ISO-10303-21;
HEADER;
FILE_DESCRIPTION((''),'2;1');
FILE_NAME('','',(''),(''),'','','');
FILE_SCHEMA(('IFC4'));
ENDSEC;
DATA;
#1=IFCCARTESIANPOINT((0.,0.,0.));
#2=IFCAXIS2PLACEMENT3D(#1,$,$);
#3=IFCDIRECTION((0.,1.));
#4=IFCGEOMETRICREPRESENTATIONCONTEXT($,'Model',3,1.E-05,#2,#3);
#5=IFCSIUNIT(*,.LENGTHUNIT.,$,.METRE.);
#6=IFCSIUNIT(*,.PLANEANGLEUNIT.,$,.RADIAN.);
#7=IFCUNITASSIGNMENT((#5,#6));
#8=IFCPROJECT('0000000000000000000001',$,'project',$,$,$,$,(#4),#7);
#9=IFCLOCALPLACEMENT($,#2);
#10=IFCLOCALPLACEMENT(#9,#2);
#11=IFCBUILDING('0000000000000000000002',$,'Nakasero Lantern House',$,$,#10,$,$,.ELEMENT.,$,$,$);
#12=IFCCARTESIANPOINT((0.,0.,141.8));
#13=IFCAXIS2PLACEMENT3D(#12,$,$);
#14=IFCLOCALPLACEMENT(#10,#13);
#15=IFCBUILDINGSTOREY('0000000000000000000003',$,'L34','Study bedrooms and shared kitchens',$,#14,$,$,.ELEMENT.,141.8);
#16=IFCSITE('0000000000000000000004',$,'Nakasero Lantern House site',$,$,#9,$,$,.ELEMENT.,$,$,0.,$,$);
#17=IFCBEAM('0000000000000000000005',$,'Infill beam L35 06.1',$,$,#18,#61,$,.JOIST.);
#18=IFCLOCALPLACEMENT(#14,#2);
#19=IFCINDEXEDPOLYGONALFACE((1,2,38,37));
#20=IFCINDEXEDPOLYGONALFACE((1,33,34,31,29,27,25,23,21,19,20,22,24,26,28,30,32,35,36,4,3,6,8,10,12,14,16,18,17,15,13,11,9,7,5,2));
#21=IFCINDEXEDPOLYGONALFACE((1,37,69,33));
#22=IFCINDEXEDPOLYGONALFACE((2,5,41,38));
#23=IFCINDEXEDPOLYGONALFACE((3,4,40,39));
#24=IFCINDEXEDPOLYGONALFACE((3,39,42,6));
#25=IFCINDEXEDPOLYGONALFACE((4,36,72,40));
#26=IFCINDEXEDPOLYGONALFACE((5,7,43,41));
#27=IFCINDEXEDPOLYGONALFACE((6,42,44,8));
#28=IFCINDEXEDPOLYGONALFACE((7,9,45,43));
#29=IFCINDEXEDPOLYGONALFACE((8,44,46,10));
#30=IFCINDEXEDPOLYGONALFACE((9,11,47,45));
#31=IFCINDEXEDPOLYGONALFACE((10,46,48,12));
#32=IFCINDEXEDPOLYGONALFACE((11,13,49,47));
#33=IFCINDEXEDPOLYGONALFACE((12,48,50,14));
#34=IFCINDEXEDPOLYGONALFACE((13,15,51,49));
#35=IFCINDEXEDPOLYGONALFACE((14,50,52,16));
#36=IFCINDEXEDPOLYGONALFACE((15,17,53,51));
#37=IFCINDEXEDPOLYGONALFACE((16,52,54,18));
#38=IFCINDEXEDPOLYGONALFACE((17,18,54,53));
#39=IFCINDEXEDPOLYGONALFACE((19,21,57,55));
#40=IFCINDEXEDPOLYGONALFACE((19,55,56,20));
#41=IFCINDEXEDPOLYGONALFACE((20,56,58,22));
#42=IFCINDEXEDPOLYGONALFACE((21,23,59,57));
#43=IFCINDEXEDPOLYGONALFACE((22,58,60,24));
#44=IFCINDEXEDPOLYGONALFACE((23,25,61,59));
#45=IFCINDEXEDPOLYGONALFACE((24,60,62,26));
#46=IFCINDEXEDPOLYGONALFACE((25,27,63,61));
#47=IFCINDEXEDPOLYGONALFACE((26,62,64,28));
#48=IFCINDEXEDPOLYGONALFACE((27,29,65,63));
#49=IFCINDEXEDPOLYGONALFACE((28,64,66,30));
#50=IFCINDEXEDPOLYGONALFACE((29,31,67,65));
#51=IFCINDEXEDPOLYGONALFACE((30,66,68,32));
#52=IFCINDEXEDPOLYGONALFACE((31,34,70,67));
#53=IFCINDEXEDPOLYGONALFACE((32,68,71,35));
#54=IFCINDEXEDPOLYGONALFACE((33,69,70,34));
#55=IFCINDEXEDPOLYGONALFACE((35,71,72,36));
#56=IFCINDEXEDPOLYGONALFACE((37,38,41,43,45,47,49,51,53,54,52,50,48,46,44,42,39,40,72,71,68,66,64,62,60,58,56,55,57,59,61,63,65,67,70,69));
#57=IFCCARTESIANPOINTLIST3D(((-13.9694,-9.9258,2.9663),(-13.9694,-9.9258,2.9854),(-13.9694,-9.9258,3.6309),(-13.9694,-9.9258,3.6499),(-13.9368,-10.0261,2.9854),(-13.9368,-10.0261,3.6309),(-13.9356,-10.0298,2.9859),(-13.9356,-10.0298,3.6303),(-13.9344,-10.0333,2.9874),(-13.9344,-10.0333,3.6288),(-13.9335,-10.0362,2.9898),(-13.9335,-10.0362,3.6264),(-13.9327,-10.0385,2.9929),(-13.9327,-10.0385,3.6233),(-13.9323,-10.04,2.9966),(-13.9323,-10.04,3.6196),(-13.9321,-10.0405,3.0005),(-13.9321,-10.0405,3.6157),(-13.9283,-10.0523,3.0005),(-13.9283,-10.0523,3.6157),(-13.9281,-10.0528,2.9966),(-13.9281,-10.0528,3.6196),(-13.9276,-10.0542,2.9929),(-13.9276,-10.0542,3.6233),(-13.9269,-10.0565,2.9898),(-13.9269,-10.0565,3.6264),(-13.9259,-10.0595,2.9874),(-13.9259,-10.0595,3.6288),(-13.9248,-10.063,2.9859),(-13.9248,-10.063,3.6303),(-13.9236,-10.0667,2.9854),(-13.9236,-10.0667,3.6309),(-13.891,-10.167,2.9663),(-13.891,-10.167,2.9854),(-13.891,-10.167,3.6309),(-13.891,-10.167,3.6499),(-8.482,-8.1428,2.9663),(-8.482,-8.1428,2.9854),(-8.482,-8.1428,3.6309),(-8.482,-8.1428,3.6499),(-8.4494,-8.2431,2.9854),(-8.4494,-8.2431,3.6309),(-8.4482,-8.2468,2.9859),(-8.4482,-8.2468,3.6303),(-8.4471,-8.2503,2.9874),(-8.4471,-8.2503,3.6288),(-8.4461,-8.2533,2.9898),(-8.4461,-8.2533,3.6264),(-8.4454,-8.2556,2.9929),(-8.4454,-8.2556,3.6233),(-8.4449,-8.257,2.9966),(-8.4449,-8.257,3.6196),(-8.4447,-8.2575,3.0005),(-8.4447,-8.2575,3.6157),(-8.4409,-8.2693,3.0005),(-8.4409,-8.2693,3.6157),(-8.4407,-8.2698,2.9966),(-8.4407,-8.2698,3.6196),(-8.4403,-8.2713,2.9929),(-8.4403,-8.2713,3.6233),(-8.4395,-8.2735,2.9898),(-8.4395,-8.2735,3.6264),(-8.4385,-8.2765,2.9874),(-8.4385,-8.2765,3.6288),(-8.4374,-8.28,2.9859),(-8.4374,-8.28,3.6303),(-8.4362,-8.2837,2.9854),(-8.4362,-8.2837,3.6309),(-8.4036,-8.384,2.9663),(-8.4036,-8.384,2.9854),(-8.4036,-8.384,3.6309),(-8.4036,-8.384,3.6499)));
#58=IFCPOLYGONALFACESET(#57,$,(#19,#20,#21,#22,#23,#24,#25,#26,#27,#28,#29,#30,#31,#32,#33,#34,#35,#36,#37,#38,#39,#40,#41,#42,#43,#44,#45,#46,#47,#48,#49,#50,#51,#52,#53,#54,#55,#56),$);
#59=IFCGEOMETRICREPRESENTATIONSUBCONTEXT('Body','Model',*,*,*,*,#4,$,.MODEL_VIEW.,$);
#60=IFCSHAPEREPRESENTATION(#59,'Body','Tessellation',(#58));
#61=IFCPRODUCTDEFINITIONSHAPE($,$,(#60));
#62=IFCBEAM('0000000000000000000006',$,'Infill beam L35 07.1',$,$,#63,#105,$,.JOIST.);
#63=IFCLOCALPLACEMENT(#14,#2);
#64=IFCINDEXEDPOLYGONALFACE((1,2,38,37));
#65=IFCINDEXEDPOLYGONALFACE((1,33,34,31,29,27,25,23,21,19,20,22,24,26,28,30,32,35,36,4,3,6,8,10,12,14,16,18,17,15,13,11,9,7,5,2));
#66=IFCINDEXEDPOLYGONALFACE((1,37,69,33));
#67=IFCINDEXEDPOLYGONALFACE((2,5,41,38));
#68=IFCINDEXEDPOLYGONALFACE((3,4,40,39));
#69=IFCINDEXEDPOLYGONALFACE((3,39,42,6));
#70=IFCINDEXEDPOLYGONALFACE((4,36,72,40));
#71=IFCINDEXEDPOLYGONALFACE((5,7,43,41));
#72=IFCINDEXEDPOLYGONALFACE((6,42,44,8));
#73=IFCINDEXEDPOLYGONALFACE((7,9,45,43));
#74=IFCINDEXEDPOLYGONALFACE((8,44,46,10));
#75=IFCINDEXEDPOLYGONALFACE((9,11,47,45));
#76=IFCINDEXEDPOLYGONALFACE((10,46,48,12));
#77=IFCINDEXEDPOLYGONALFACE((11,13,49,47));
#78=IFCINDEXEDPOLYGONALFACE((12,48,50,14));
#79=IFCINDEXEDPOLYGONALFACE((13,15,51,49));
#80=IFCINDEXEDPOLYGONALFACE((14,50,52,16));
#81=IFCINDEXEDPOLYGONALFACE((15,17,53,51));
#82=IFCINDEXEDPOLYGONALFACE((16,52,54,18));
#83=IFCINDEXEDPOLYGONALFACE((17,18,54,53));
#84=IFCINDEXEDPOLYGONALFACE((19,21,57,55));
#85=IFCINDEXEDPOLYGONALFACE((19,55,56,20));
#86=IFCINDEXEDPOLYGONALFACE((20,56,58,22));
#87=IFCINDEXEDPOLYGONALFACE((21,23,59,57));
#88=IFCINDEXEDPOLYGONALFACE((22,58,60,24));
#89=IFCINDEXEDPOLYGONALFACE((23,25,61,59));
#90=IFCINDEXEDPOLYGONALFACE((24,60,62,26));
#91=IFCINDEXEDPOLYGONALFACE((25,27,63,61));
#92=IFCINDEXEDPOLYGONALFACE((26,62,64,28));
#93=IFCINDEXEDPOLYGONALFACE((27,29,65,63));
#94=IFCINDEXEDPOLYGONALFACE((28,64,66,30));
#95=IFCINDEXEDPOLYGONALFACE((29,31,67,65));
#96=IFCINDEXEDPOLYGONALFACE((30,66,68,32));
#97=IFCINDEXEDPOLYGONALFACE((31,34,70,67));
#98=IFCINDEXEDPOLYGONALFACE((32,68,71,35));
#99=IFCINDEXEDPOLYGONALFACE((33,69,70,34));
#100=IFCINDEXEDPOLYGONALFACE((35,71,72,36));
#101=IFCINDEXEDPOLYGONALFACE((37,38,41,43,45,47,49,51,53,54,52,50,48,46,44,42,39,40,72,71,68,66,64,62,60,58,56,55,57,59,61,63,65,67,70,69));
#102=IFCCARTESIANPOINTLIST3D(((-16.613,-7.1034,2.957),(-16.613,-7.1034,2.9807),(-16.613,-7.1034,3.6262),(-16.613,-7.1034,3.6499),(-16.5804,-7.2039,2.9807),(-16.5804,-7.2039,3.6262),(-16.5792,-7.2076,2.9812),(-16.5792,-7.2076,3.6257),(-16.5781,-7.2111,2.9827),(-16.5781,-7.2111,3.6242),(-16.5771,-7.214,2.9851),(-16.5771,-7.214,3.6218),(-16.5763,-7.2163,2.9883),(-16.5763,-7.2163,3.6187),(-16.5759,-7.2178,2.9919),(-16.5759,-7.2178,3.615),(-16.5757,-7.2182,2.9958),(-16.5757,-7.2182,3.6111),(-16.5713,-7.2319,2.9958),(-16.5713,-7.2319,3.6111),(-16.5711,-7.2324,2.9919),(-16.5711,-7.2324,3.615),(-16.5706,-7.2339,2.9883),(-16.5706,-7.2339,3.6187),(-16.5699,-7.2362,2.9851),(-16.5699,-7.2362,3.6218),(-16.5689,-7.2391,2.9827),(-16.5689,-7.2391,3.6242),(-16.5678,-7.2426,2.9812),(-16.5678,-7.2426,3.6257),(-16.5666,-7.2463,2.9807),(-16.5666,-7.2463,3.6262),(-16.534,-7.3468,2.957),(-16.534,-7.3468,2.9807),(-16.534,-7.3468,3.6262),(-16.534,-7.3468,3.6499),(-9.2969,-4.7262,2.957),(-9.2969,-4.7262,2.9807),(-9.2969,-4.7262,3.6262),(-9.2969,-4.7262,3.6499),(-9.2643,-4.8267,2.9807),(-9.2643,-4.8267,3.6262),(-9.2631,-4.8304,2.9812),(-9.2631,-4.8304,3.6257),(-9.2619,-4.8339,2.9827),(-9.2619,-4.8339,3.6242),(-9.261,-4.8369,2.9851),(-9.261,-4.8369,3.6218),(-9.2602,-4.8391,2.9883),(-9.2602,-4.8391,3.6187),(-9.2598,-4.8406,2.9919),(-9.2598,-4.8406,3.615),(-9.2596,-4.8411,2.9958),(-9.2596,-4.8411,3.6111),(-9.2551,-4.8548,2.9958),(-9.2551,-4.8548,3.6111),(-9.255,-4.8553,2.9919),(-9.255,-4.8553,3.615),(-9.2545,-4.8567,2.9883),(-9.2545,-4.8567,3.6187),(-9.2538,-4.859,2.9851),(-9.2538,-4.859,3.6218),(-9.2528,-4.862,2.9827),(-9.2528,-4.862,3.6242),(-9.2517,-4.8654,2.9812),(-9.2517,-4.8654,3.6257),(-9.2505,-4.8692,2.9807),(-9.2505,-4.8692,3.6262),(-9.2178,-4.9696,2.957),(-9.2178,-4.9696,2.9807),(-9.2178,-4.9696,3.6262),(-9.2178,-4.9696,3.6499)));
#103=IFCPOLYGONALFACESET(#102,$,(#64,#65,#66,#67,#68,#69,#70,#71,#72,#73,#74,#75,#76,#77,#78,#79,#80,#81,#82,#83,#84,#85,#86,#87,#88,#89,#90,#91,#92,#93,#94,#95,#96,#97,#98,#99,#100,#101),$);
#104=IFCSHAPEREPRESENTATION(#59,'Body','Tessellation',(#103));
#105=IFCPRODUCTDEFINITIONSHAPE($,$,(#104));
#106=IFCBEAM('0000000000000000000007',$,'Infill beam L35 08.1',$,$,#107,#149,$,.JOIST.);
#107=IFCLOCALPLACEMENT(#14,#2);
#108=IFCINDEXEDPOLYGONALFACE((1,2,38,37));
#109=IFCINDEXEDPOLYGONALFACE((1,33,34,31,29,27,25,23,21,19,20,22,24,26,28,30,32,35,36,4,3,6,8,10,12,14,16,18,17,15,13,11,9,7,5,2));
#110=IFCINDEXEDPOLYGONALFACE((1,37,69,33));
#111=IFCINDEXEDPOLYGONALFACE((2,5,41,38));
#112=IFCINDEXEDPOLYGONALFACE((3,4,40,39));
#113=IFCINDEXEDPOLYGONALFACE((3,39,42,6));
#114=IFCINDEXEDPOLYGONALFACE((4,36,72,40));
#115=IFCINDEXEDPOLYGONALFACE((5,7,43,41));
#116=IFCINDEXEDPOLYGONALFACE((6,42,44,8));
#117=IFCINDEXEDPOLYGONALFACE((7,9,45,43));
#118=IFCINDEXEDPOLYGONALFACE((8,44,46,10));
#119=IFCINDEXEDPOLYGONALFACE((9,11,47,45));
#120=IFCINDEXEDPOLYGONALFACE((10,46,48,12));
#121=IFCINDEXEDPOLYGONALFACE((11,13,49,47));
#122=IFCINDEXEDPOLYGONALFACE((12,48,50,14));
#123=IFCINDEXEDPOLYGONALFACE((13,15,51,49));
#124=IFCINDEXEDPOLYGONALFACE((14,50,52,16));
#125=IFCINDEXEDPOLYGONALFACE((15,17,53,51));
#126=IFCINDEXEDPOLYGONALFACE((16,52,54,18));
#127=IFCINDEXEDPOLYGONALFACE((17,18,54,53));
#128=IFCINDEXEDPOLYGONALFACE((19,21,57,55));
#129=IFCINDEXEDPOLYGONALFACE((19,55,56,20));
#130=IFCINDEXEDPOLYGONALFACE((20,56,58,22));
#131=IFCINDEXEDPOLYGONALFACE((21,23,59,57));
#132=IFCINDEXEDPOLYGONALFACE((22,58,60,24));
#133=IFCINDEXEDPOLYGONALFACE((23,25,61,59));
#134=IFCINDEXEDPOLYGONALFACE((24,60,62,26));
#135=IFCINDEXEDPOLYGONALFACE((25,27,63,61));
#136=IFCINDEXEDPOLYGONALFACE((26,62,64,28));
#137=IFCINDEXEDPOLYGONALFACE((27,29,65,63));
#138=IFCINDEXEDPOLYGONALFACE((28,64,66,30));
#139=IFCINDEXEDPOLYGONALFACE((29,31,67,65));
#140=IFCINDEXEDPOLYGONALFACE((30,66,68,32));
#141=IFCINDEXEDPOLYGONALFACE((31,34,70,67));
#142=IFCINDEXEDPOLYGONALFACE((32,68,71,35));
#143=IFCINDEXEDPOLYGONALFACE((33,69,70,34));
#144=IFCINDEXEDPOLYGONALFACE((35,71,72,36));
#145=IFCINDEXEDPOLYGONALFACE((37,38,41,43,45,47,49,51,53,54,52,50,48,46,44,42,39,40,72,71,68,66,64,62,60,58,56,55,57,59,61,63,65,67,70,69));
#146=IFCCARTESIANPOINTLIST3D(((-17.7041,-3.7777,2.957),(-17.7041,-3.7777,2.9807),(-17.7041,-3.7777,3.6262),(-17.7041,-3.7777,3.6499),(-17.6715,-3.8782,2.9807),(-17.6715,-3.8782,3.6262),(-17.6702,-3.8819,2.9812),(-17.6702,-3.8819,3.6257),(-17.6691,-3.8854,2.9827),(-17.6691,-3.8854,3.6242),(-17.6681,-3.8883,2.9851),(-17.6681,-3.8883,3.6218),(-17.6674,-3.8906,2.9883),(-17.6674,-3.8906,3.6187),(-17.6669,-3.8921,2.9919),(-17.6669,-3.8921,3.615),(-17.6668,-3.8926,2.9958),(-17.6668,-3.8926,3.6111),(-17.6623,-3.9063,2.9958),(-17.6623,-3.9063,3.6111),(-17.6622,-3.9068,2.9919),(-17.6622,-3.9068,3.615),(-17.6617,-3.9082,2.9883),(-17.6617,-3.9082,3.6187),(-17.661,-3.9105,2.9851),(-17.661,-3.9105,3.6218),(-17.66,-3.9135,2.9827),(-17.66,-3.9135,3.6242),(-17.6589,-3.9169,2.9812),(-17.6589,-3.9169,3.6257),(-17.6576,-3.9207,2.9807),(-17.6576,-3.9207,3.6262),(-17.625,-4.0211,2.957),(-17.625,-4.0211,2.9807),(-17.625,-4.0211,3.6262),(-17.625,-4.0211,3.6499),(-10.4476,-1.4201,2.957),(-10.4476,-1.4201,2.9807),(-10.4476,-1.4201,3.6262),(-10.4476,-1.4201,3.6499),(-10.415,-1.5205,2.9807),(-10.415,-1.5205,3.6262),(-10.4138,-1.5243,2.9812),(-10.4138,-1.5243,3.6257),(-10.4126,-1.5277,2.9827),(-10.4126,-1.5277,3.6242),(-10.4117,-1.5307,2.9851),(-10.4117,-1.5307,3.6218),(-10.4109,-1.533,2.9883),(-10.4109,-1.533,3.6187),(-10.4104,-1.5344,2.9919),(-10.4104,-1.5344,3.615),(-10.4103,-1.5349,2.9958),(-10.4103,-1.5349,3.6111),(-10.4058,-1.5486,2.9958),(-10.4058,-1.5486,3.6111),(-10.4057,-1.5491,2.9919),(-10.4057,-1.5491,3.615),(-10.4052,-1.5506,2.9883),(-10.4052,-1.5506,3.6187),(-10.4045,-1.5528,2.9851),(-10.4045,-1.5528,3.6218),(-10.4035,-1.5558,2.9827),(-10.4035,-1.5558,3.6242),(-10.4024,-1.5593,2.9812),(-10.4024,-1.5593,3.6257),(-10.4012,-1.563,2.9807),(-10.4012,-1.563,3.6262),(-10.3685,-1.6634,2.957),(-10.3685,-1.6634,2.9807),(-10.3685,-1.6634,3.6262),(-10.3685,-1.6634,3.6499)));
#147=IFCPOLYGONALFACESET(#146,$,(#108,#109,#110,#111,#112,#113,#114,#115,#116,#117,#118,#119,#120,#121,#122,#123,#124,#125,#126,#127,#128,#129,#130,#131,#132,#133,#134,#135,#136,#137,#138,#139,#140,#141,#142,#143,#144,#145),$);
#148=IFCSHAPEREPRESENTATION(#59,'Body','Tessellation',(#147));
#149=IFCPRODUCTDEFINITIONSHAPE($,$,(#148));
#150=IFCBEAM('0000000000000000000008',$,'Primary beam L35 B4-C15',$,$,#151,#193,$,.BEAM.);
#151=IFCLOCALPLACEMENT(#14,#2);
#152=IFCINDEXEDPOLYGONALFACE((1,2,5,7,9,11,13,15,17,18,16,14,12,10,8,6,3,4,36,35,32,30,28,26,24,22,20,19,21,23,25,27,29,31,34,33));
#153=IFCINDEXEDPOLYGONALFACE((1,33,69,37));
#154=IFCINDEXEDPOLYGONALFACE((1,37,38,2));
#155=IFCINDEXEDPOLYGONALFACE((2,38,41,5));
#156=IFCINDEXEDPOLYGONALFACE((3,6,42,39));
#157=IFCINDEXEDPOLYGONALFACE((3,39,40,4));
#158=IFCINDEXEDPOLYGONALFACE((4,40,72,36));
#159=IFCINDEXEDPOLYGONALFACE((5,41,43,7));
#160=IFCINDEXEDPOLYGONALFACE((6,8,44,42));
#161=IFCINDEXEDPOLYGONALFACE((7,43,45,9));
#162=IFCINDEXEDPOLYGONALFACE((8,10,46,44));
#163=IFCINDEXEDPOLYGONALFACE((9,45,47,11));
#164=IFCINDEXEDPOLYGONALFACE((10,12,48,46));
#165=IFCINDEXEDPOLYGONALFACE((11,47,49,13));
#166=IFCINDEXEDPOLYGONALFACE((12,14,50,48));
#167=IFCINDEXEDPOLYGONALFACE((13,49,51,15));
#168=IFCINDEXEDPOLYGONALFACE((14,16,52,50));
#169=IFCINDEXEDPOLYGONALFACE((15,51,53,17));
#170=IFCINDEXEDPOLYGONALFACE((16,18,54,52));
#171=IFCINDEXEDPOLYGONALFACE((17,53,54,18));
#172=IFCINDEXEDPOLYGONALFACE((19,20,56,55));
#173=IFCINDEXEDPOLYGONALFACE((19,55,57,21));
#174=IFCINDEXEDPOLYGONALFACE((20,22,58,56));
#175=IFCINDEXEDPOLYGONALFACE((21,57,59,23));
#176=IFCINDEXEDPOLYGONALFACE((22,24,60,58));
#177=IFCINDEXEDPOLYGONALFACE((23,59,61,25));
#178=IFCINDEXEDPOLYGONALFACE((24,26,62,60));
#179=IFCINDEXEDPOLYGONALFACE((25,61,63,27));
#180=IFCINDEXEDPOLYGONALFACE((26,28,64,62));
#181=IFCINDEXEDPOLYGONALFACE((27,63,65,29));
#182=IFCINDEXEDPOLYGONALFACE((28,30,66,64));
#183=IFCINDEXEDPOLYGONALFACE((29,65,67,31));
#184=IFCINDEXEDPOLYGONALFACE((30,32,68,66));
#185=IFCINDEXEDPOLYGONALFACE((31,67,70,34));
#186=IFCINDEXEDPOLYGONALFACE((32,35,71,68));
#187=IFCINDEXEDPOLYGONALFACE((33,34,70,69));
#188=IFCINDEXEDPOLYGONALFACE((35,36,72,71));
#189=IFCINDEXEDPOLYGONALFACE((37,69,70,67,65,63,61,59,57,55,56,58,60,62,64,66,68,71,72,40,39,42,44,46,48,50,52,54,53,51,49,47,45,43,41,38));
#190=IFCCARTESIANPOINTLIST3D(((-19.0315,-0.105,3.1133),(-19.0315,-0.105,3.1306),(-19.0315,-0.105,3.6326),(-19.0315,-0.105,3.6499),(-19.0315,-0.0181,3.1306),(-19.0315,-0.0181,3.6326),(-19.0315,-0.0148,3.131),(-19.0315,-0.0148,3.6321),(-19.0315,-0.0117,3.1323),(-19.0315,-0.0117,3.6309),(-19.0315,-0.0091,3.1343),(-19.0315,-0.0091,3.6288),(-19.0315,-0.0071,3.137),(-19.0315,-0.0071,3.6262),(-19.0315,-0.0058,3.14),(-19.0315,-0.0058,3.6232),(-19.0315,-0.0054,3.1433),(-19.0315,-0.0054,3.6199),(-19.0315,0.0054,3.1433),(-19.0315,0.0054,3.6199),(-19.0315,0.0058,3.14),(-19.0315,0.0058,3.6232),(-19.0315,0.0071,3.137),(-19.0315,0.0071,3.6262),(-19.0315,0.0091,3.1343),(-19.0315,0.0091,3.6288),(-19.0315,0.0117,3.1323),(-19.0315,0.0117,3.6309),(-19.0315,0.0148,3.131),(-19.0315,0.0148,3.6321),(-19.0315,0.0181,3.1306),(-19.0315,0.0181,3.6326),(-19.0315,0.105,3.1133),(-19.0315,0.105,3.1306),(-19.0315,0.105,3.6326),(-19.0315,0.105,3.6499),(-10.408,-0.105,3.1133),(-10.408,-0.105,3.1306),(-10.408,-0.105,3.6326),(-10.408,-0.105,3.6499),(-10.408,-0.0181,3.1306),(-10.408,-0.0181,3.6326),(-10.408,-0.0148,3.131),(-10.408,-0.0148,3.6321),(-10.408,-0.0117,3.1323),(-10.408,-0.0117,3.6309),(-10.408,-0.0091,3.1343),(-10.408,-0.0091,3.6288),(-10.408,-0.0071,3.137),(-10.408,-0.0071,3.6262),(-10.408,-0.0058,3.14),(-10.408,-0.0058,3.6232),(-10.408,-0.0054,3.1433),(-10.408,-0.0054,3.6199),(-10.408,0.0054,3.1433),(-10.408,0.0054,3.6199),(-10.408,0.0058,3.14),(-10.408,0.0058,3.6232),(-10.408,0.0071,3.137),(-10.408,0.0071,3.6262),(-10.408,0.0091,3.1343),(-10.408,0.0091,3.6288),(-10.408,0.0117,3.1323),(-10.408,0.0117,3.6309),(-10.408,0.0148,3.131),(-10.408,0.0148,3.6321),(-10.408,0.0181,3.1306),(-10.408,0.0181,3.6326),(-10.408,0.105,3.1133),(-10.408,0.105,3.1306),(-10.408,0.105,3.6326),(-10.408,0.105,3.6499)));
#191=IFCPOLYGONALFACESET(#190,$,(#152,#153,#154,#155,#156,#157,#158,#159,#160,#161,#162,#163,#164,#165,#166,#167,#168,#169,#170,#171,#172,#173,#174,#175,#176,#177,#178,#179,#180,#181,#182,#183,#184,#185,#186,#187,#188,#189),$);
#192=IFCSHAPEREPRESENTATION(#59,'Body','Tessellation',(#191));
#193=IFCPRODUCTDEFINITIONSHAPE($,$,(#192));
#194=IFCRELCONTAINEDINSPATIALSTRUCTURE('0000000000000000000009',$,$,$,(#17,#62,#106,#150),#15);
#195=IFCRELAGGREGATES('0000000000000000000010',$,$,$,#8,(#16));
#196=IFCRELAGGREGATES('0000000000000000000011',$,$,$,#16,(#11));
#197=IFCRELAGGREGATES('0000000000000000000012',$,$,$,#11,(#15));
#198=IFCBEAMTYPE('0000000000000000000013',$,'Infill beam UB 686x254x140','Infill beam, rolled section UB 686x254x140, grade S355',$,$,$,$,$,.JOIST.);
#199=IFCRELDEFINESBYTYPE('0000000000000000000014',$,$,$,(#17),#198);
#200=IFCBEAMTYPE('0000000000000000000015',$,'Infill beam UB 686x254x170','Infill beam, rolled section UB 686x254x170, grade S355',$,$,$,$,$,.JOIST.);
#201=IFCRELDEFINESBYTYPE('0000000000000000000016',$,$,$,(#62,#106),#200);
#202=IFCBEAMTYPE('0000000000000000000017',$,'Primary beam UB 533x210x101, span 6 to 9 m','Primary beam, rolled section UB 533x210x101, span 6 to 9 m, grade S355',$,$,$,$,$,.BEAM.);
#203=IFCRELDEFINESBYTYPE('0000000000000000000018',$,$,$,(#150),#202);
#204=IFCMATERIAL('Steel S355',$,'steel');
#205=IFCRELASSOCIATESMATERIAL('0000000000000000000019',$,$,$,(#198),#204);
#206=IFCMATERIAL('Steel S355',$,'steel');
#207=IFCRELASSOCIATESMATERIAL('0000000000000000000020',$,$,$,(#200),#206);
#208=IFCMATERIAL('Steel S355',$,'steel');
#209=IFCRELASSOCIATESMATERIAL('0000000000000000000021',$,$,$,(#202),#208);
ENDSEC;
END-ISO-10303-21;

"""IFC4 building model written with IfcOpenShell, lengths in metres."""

from ifc_helpers import new_model, si_unit, direction, frame, origin, origin_2d, place, context, subcontext, project, spatial, i_section, extrude, material, material_profile, profile_set, type_object, element, save


model = new_model("IFC4")

# Units and contexts
model_context = context("Model", 3, precision=1e-05, world=origin(), true_north=direction((0.0, 1.0)))
body_context = subcontext(model_context, "Body", "Model", "MODEL_VIEW")
ifc_project = project(units=[si_unit("LENGTHUNIT", "METRE"), si_unit("PLANEANGLEUNIT", "RADIAN")], contexts=[model_context])

# Site, building, storey
site_placement = place(None, origin())
site = spatial("IfcSite", under=ifc_project, at=site_placement, Name="Nakasero Lantern House site", CompositionType="ELEMENT", RefElevation=0.0)
building_placement = place(site_placement, origin())
building = spatial("IfcBuilding", under=site, at=building_placement, Name="Nakasero Lantern House", CompositionType="ELEMENT")
storey_placement = place(building_placement, frame((0.0, 0.0, 141.8)))
storey = spatial("IfcBuildingStorey", under=building, at=storey_placement, Name="L34", Description="Study bedrooms and shared kitchens", CompositionType="ELEMENT", Elevation=141.8)

# Beams
ifc_material_1 = material(Name="Steel S355", Category="steel")
ifc_material_profile_1 = material_profile(ifc_material_1, i_section(OverallWidth=0.2537, OverallDepth=0.6836, WebThickness=0.0125, FlangeThickness=0.019, FilletRadius=0.0151, at=origin_2d()), Name="UB 686x254x140")
ifc_profile_set_1 = profile_set([ifc_material_profile_1], Name="Steel S355")
beam_type_1 = type_object("IfcBeamType", Name="Infill beam UB 686x254x140", Description="Infill beam, rolled section UB 686x254x140, grade S355", PredefinedType="JOIST", material=ifc_profile_set_1)
beam_1_placement = place(storey_placement, frame((-13.9302, -10.0464, 3.3081), z_axis=(0.951055, 0.309021, 0.0), x_axis=(-0.309021, 0.951055, 0.0)))
element("IfcBeam", 1, at=beam_1_placement, inside=storey, type_object=beam_type_1, Name="Infill beam L35 06.1", PredefinedType="JOIST", context=body_context, shape_type="SweptSolid", body=[
    extrude(i_section(OverallWidth=0.2537, OverallDepth=0.6836, WebThickness=0.0125, FlangeThickness=0.019, FilletRadius=0.0151, at=origin_2d()), origin(), (0.0, 0.0, 1.0), 5.7698),
])
ifc_material_2 = material(Name="Steel S355", Category="steel")
ifc_material_profile_2 = material_profile(ifc_material_2, i_section(OverallWidth=0.2559, OverallDepth=0.6929, WebThickness=0.0144, FlangeThickness=0.0237, FilletRadius=0.0151, at=origin_2d()), Name="UB 686x254x170")
ifc_profile_set_2 = profile_set([ifc_material_profile_2], Name="Steel S355")
beam_type_2 = type_object("IfcBeamType", Name="Infill beam UB 686x254x170", Description="Infill beam, rolled section UB 686x254x170, grade S355", PredefinedType="JOIST", material=ifc_profile_set_2)
beam_2_placement = place(storey_placement, frame((-16.5735, -7.2251, 3.3035), z_axis=(0.951055, 0.309021, 0.0), x_axis=(-0.309021, 0.951055, 0.0)))
element("IfcBeam", 2, at=beam_2_placement, inside=storey, type_object=beam_type_2, Name="Infill beam L35 07.1", PredefinedType="JOIST", context=body_context, shape_type="SweptSolid", body=[
    extrude(i_section(OverallWidth=0.2559, OverallDepth=0.6929, WebThickness=0.0144, FlangeThickness=0.0237, FilletRadius=0.0151, at=origin_2d()), origin(), (0.0, 0.0, 1.0), 7.6926),
])
beam_3_placement = place(storey_placement, frame((-17.6646, -3.8994, 3.3035), z_axis=(0.951062, 0.309, 0.0), x_axis=(-0.309, 0.951062, 0.0)))
element("IfcBeam", 3, at=beam_3_placement, inside=storey, type_object=beam_type_2, Name="Infill beam L35 08.1", PredefinedType="JOIST", context=body_context, shape_type="SweptSolid", body=[
    extrude(i_section(OverallWidth=0.2559, OverallDepth=0.6929, WebThickness=0.0144, FlangeThickness=0.0237, FilletRadius=0.0151, at=origin_2d()), origin(), (0.0, 0.0, 1.0), 7.6299),
])
ifc_material_3 = material(Name="Steel S355", Category="steel")
ifc_material_profile_3 = material_profile(ifc_material_3, i_section(OverallWidth=0.21, OverallDepth=0.5366, WebThickness=0.0107, FlangeThickness=0.0173, FilletRadius=0.0127, at=origin_2d()), Name="UB 533x210x101")
ifc_profile_set_3 = profile_set([ifc_material_profile_3], Name="Steel S355")
beam_type_3 = type_object("IfcBeamType", Name="Primary beam UB 533x210x101, span 6 to 9 m", Description="Primary beam, rolled section UB 533x210x101, span 6 to 9 m, grade S355", PredefinedType="BEAM", material=ifc_profile_set_3)
beam_4_placement = place(storey_placement, frame((-19.0315, 0.0, 3.3816), z_axis=(1.0, 0.0, 0.0), x_axis=(0.0, 1.0, 0.0)))
element("IfcBeam", 4, at=beam_4_placement, inside=storey, type_object=beam_type_3, Name="Primary beam L35 B4-C15", PredefinedType="BEAM", context=body_context, shape_type="SweptSolid", body=[
    extrude(i_section(OverallWidth=0.21, OverallDepth=0.5366, WebThickness=0.0107, FlangeThickness=0.0173, FilletRadius=0.0127, at=origin_2d()), origin(), (0.0, 0.0, 1.0), 8.6235),
])

save(model, "model.ifc")
